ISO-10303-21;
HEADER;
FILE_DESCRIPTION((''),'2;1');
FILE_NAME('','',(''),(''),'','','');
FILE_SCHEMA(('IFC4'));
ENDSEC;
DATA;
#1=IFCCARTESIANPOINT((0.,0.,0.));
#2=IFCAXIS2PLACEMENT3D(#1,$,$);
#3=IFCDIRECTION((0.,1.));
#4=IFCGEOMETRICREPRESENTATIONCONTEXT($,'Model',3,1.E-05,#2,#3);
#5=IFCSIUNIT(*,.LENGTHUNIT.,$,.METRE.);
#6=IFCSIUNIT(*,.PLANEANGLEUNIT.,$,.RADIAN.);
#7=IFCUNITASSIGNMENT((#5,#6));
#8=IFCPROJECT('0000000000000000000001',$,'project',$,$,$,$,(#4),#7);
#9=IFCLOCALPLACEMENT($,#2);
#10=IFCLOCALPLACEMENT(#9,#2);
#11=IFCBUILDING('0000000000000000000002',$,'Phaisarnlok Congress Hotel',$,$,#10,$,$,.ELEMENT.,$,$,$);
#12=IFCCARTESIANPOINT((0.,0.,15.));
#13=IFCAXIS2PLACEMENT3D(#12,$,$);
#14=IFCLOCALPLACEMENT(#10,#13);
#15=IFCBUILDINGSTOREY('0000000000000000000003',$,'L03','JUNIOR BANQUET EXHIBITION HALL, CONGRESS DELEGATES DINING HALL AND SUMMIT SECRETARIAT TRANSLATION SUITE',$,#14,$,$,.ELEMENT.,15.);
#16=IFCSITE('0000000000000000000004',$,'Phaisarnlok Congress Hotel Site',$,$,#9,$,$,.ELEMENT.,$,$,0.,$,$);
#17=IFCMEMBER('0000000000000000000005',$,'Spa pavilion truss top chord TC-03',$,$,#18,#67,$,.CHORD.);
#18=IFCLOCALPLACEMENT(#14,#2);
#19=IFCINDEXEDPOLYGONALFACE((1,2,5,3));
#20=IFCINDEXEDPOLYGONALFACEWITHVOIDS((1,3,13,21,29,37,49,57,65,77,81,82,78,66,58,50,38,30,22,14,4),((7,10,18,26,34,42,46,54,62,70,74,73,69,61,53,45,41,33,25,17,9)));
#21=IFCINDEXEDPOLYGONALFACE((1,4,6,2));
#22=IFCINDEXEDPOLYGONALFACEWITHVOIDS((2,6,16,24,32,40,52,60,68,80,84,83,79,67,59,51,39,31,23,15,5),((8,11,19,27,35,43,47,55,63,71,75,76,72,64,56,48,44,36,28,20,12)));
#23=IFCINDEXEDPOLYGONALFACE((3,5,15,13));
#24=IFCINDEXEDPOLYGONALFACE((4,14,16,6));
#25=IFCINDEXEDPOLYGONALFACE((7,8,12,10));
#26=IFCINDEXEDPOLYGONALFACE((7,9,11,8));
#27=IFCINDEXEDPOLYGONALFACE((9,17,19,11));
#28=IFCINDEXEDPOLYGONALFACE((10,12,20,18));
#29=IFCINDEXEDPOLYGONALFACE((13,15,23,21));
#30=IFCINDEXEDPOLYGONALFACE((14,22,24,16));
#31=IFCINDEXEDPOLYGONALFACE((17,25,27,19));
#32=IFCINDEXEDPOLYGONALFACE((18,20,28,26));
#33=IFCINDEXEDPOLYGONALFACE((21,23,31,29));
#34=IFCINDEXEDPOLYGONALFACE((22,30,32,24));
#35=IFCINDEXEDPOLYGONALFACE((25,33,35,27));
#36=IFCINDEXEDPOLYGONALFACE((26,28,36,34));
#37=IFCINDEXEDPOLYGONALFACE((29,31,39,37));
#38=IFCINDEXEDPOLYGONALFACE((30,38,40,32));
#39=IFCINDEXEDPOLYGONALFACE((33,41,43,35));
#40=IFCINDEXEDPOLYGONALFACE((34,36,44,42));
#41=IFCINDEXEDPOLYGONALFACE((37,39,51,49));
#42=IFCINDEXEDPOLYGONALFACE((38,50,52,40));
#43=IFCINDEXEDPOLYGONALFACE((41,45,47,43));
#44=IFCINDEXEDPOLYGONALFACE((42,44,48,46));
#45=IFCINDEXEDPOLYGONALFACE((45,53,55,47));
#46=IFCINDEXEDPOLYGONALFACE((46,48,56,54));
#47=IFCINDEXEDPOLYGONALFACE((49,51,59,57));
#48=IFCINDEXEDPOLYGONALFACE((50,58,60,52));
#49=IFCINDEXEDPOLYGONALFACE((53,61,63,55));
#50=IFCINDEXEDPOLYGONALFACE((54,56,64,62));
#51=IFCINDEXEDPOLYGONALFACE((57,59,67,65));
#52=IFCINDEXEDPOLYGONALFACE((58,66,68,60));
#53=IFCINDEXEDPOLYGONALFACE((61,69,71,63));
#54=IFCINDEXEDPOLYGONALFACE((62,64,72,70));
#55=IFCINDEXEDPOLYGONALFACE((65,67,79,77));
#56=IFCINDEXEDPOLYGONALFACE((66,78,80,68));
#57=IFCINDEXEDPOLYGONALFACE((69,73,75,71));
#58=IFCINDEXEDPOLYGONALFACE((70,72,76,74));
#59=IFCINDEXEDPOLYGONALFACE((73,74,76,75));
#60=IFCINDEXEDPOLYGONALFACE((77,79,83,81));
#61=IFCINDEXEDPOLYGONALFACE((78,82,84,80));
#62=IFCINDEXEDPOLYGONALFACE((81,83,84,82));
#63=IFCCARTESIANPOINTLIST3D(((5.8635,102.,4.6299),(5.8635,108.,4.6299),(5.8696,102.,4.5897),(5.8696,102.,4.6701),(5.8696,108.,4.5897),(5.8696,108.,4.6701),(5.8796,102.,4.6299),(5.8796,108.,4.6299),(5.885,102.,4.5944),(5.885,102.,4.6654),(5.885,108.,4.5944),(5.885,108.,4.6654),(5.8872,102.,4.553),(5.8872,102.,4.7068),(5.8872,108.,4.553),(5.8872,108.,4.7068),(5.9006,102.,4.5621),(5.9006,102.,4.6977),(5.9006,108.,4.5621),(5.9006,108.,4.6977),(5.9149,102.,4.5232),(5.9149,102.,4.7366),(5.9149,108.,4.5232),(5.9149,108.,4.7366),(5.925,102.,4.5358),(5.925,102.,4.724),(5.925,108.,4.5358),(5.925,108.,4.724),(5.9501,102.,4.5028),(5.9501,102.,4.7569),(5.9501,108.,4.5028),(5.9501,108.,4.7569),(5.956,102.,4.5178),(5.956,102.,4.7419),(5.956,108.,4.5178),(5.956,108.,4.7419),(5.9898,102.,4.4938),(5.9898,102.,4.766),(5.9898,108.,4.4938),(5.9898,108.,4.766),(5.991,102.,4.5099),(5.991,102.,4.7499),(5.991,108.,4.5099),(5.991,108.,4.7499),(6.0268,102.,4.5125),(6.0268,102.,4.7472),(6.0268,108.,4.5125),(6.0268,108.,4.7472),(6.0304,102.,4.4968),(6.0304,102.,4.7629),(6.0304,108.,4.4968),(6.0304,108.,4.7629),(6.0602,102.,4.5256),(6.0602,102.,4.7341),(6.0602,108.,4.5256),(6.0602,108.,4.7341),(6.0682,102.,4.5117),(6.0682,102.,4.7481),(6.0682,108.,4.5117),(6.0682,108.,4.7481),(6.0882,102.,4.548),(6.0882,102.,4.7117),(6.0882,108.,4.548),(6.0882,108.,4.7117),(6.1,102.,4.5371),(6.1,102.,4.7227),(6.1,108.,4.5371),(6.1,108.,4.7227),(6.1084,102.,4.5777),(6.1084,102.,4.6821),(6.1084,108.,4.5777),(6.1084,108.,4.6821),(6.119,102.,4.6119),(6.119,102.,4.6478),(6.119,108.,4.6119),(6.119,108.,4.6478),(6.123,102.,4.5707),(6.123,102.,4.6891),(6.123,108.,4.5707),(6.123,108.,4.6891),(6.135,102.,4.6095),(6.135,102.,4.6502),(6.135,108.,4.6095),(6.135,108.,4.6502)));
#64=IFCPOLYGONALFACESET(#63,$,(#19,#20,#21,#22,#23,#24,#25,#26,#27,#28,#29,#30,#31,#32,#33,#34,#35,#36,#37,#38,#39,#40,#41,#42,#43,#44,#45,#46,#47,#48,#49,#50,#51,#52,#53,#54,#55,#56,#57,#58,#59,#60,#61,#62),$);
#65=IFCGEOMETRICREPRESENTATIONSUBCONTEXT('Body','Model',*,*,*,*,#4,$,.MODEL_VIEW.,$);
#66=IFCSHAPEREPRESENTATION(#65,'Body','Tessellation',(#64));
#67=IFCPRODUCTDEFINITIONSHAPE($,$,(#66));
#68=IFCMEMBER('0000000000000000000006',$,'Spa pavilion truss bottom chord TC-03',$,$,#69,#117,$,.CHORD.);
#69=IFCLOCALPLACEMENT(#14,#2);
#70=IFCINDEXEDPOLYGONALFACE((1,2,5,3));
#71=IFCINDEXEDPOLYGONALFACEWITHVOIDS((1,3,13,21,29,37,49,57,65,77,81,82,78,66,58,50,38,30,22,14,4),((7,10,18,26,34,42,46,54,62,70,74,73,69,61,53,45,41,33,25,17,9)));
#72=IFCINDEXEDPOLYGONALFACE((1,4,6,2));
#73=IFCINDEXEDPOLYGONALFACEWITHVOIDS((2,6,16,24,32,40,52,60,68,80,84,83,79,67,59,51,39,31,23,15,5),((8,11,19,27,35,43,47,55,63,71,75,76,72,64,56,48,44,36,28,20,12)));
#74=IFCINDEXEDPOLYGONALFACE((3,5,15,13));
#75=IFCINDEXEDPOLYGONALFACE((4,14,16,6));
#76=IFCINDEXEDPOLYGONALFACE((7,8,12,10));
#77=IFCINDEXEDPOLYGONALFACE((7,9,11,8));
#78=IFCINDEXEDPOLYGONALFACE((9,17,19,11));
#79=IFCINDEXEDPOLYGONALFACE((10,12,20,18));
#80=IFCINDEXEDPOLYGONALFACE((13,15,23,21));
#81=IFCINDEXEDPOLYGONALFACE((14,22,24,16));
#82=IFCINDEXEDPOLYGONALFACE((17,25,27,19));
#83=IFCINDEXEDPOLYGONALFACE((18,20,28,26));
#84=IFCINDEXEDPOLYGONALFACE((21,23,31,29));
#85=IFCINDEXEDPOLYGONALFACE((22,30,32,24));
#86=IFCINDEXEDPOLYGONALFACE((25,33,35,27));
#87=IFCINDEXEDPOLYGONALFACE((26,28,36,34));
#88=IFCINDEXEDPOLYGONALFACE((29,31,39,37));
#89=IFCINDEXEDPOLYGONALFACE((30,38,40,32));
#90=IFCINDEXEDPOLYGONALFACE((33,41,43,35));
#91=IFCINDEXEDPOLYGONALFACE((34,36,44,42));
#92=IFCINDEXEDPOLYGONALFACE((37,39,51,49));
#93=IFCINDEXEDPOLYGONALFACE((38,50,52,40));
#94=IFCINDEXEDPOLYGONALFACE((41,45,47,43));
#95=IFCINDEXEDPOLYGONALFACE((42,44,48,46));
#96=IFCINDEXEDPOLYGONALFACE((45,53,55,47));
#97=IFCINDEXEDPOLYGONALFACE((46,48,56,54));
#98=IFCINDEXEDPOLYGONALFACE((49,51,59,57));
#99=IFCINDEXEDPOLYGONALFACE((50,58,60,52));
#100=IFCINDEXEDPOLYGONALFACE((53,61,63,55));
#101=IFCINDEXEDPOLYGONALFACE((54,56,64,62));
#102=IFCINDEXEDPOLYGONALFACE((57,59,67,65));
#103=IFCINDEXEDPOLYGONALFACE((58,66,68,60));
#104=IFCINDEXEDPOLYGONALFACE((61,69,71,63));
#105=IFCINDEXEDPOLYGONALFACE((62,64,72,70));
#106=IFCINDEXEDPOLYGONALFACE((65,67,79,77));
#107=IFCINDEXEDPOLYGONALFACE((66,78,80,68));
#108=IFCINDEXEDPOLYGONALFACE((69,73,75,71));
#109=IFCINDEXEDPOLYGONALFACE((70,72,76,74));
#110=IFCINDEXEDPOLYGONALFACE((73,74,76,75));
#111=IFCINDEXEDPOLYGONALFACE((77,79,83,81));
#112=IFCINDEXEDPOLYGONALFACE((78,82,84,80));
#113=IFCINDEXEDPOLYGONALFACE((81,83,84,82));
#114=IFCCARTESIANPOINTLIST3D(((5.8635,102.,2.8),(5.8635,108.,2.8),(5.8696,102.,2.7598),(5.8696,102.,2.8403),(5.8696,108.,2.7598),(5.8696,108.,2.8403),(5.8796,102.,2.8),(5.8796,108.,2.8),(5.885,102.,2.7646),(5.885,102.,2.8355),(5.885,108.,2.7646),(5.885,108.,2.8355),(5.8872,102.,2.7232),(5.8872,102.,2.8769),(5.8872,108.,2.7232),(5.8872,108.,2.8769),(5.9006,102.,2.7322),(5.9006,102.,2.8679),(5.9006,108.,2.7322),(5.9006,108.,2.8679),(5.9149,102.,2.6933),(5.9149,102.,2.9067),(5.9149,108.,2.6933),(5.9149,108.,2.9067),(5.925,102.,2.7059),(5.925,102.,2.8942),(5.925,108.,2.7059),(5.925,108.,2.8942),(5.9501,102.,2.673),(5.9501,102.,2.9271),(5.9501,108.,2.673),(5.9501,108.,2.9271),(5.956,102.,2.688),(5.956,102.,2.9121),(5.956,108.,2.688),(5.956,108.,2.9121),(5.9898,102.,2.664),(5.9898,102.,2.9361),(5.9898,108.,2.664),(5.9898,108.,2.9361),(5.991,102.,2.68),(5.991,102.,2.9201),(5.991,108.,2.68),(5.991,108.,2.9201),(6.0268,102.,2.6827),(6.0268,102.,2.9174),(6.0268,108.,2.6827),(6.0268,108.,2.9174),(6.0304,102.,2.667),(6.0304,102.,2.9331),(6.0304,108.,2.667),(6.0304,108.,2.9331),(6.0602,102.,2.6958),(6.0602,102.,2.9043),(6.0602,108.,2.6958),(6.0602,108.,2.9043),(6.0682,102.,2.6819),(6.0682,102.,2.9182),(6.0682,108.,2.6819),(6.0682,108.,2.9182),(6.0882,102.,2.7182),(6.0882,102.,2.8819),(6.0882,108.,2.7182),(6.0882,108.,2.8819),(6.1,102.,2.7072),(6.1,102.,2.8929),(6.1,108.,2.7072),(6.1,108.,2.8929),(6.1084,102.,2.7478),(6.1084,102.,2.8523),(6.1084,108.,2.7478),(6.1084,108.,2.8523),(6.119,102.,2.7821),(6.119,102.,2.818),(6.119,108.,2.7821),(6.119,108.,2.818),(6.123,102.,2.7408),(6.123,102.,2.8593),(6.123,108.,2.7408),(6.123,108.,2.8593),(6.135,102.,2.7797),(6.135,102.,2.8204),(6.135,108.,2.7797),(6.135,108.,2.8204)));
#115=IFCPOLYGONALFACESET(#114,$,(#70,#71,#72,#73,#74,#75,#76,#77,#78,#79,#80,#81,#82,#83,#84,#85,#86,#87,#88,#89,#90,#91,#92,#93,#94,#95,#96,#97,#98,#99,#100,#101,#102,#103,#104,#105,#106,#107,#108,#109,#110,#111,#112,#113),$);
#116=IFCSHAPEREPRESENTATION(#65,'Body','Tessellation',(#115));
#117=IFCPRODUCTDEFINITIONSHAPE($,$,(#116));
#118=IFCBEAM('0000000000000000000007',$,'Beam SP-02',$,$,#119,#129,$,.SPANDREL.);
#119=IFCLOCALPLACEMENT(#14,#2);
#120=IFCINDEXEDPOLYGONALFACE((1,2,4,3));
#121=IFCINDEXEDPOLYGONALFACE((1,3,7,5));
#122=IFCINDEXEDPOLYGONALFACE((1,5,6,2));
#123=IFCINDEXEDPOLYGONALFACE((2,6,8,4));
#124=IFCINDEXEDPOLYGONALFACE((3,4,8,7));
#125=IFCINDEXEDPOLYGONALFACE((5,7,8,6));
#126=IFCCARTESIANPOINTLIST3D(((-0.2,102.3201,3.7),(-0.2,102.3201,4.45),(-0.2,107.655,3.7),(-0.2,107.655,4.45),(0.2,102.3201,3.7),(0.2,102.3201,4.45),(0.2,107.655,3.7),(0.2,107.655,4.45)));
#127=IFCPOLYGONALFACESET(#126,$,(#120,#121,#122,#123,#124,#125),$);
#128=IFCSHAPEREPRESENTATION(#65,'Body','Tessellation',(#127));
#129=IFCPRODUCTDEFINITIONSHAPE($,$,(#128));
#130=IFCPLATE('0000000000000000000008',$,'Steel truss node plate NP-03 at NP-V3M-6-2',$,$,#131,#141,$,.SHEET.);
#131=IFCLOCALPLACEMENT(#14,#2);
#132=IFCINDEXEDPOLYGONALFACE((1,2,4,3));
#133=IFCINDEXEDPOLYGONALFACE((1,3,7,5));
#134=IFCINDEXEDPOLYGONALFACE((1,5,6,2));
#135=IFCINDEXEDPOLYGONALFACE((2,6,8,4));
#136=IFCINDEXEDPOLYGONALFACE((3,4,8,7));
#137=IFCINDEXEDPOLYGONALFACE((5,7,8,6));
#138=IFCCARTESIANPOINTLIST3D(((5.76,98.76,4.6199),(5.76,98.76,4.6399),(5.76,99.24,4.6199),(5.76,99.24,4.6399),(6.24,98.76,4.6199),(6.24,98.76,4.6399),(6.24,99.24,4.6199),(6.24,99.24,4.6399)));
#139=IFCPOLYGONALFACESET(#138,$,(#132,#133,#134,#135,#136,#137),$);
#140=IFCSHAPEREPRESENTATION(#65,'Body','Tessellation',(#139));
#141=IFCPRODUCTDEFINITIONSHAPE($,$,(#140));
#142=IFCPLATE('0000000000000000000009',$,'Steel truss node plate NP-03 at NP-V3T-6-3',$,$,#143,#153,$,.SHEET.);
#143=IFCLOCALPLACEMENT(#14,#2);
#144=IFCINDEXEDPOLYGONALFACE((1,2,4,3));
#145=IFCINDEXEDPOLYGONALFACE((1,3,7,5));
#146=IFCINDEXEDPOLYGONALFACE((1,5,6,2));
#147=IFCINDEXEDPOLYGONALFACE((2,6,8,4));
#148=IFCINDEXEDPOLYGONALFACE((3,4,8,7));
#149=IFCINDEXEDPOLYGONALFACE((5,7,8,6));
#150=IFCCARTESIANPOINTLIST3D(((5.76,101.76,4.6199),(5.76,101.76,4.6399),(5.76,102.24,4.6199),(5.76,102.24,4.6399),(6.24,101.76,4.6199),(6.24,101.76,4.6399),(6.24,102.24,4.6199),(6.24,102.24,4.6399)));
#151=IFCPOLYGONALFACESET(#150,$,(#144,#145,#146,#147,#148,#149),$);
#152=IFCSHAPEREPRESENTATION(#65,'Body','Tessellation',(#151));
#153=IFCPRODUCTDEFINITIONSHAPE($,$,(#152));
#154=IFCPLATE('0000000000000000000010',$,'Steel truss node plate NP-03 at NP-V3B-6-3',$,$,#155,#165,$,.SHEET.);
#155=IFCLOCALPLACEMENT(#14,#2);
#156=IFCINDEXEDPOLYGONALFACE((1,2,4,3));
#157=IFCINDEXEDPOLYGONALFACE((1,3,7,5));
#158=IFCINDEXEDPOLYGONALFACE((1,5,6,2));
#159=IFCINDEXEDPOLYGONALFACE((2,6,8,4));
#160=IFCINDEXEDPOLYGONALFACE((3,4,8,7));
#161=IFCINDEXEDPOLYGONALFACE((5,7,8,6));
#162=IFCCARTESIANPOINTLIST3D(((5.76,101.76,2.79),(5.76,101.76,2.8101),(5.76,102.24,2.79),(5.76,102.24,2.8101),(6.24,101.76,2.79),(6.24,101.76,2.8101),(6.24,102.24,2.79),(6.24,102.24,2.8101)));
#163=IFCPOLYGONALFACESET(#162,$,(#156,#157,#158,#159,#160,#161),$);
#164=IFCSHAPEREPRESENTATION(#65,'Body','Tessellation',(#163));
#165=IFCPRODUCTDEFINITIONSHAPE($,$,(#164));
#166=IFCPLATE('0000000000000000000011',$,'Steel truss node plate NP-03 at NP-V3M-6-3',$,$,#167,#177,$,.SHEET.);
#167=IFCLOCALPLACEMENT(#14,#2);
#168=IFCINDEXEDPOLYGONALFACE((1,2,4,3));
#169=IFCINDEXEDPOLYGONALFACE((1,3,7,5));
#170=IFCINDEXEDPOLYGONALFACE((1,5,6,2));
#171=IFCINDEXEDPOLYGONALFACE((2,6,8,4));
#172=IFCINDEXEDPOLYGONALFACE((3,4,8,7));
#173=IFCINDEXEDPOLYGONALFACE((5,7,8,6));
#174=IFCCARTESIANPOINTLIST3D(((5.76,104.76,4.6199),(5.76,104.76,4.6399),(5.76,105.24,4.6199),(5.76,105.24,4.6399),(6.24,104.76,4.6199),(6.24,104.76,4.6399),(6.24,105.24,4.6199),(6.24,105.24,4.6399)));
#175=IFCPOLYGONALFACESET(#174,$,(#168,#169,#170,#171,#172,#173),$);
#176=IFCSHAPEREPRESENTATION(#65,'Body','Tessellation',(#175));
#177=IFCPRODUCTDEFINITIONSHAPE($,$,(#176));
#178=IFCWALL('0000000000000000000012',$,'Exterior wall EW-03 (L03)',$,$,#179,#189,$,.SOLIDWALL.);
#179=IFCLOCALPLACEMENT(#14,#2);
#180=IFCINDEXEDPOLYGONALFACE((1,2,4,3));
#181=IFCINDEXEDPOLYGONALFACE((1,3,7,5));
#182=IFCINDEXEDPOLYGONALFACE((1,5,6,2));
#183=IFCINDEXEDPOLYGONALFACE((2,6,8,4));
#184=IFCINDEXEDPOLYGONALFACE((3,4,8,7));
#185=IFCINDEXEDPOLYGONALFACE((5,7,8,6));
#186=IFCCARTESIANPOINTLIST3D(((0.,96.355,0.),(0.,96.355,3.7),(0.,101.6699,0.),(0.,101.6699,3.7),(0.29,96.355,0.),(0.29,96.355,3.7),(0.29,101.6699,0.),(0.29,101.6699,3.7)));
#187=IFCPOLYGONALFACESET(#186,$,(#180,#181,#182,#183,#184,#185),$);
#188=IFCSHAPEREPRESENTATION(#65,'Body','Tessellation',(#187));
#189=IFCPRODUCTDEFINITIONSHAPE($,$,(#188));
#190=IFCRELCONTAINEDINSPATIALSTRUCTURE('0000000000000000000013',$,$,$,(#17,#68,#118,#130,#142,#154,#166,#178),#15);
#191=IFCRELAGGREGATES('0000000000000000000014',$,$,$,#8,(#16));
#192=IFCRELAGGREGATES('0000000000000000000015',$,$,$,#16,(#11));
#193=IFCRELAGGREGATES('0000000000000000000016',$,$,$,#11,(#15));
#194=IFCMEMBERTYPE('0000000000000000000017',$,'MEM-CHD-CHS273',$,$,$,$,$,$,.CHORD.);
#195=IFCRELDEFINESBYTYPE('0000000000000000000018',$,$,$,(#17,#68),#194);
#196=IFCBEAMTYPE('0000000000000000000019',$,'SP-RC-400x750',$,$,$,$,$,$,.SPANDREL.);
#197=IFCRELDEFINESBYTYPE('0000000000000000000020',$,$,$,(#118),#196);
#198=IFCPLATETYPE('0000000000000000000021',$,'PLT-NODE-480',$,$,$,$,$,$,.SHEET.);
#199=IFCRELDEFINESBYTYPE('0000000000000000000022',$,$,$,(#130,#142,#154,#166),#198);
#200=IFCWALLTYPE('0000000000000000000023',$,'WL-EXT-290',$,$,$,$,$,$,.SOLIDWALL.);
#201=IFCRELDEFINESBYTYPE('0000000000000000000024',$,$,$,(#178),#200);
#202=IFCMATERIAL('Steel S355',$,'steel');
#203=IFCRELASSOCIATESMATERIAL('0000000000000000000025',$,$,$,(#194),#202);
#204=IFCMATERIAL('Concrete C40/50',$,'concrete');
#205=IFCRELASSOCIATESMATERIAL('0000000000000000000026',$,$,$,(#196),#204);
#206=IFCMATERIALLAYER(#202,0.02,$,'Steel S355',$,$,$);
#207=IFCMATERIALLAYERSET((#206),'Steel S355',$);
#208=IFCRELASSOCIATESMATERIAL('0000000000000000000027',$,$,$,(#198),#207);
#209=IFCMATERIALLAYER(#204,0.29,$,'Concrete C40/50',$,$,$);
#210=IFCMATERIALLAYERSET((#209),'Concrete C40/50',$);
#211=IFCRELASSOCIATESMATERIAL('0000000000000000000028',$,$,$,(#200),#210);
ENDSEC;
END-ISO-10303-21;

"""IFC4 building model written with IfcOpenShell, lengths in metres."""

from ifc_helpers import new_model, si_unit, direction, frame, frame_2d, origin, origin_2d, place, context, subcontext, project, spatial, rectangle, hollow_circle, extrude, material, layer, layer_set, material_profile, profile_set, type_object, element, save


model = new_model("IFC4")

# Units and contexts
model_context = context("Model", 3, precision=1e-05, world=origin(), true_north=direction((0.0, 1.0)))
body_context = subcontext(model_context, "Body", "Model", "MODEL_VIEW")
ifc_project = project(units=[si_unit("LENGTHUNIT", "METRE"), si_unit("PLANEANGLEUNIT", "RADIAN")], contexts=[model_context])

# Site, building, storey
site_placement = place(None, origin())
site = spatial("IfcSite", under=ifc_project, at=site_placement, Name="Phaisarnlok Congress Hotel Site", CompositionType="ELEMENT", RefElevation=0.0)
building_placement = place(site_placement, origin())
building = spatial("IfcBuilding", under=site, at=building_placement, Name="Phaisarnlok Congress Hotel", CompositionType="ELEMENT")
storey_placement = place(building_placement, frame((0.0, 0.0, 15.0)))
storey = spatial("IfcBuildingStorey", under=building, at=storey_placement, Name="L03", Description="JUNIOR BANQUET EXHIBITION HALL, CONGRESS DELEGATES DINING HALL AND SUMMIT SECRETARIAT TRANSLATION SUITE", CompositionType="ELEMENT", Elevation=15.0)

# Members
ifc_material_1 = material(Name="Steel S355", Category="steel")
ifc_material_profile_1 = material_profile(ifc_material_1, hollow_circle(Radius=0.1365, WallThickness=0.0161, at=origin_2d()), Name="CHS 273x16")
ifc_profile_set_1 = profile_set([ifc_material_profile_1], Name="Steel S355")
member_type_1 = type_object("IfcMemberType", Name="MEM-CHD-CHS273", PredefinedType="CHORD", material=ifc_profile_set_1)
for number, where, z_axis, x_axis, name in (
    (1, (6.0, 102.0, 4.6299), (0.0, 1.0, 0.0), (-1.0, 0.0, 0.0), "Spa pavilion truss top chord TC-03"),
    (2, (6.0, 102.0, 2.8), (0.0, 1.0, 0.0), (-1.0, 0.0, 0.0), "Spa pavilion truss bottom chord TC-03"),
):
    element("IfcMember", number, at=place(storey_placement, frame(where, z_axis=z_axis, x_axis=x_axis)), inside=storey, type_object=member_type_1, Name=name, PredefinedType="CHORD", context=body_context, shape_type="SweptSolid", body=[
        extrude(hollow_circle(Radius=0.1365, WallThickness=0.0161, at=origin_2d()), origin(), (0.0, 0.0, 1.0), 6.0),
    ])

# Beam
ifc_material_2 = material(Name="Concrete C40/50", Category="concrete")
ifc_material_profile_2 = material_profile(ifc_material_2, rectangle(XDim=0.3999, YDim=0.75, at=origin_2d()), Name="RC 400x750")
ifc_profile_set_2 = profile_set([ifc_material_profile_2], Name="Concrete C40/50")
beam_type = type_object("IfcBeamType", Name="SP-RC-400x750", PredefinedType="SPANDREL", material=ifc_profile_set_2)
beam_placement = place(storey_placement, frame((0.0, 102.3201, 4.075), z_axis=(0.0, 1.0, 0.0), x_axis=(-1.0, 0.0, 0.0)))
element("IfcBeam", 3, at=beam_placement, inside=storey, type_object=beam_type, Name="Beam SP-02", PredefinedType="SPANDREL", context=body_context, shape_type="SweptSolid", body=[
    extrude(rectangle(XDim=0.3999, YDim=0.75, at=origin_2d()), origin(), (0.0, 0.0, 1.0), 5.335),
])

# Plates
ifc_layer_1 = layer(ifc_material_1, 0.02, Name="Steel S355")
ifc_layer_set_1 = layer_set([ifc_layer_1], Name="Steel S355")
plate_type = type_object("IfcPlateType", Name="PLT-NODE-480", PredefinedType="SHEET", material=ifc_layer_set_1)
for number, where, z_axis, x_axis, name in (
    (4, (6.0, 99.0, 4.6199), (0.0, 0.0, 1.0), (1.0, 0.0, 0.0), "Steel truss node plate NP-03 at NP-V3M-6-2"),
    (5, (6.0, 102.0, 4.6199), (0.0, 0.0, 1.0), (1.0, 0.0, 0.0), "Steel truss node plate NP-03 at NP-V3T-6-3"),
    (6, (6.0, 102.0, 2.79), (0.0, 0.0, 1.0), (1.0, 0.0, 0.0), "Steel truss node plate NP-03 at NP-V3B-6-3"),
    (7, (6.0, 105.0, 4.6199), (0.0, 0.0, 1.0), (1.0, 0.0, 0.0), "Steel truss node plate NP-03 at NP-V3M-6-3"),
):
    element("IfcPlate", number, at=place(storey_placement, frame(where, z_axis=z_axis, x_axis=x_axis)), inside=storey, type_object=plate_type, Name=name, PredefinedType="SHEET", context=body_context, shape_type="SweptSolid", body=[
        extrude(rectangle(XDim=0.48, YDim=0.48, at=origin_2d()), origin(), (0.0, 0.0, 1.0), 0.02),
    ])

# Wall
ifc_layer_2 = layer(ifc_material_2, 0.29, Name="Concrete C40/50")
ifc_layer_set_2 = layer_set([ifc_layer_2], Name="Concrete C40/50")
wall_type = type_object("IfcWallType", Name="WL-EXT-290", PredefinedType="SOLIDWALL", material=ifc_layer_set_2)
wall_placement = place(storey_placement, frame((0.145, 101.6699, 0.0), z_axis=(0.0, 0.0, 1.0), x_axis=(0.0, -1.0, 0.0)))
element("IfcWall", 8, at=wall_placement, inside=storey, type_object=wall_type, Name="Exterior wall EW-03 (L03)", PredefinedType="SOLIDWALL", context=body_context, shape_type="SweptSolid", body=[
    extrude(rectangle(XDim=5.3149, YDim=0.29, at=frame_2d((2.6575, 0.0))), origin(), (0.0, 0.0, 1.0), 3.7),
])

save(model, "model.ifc")
